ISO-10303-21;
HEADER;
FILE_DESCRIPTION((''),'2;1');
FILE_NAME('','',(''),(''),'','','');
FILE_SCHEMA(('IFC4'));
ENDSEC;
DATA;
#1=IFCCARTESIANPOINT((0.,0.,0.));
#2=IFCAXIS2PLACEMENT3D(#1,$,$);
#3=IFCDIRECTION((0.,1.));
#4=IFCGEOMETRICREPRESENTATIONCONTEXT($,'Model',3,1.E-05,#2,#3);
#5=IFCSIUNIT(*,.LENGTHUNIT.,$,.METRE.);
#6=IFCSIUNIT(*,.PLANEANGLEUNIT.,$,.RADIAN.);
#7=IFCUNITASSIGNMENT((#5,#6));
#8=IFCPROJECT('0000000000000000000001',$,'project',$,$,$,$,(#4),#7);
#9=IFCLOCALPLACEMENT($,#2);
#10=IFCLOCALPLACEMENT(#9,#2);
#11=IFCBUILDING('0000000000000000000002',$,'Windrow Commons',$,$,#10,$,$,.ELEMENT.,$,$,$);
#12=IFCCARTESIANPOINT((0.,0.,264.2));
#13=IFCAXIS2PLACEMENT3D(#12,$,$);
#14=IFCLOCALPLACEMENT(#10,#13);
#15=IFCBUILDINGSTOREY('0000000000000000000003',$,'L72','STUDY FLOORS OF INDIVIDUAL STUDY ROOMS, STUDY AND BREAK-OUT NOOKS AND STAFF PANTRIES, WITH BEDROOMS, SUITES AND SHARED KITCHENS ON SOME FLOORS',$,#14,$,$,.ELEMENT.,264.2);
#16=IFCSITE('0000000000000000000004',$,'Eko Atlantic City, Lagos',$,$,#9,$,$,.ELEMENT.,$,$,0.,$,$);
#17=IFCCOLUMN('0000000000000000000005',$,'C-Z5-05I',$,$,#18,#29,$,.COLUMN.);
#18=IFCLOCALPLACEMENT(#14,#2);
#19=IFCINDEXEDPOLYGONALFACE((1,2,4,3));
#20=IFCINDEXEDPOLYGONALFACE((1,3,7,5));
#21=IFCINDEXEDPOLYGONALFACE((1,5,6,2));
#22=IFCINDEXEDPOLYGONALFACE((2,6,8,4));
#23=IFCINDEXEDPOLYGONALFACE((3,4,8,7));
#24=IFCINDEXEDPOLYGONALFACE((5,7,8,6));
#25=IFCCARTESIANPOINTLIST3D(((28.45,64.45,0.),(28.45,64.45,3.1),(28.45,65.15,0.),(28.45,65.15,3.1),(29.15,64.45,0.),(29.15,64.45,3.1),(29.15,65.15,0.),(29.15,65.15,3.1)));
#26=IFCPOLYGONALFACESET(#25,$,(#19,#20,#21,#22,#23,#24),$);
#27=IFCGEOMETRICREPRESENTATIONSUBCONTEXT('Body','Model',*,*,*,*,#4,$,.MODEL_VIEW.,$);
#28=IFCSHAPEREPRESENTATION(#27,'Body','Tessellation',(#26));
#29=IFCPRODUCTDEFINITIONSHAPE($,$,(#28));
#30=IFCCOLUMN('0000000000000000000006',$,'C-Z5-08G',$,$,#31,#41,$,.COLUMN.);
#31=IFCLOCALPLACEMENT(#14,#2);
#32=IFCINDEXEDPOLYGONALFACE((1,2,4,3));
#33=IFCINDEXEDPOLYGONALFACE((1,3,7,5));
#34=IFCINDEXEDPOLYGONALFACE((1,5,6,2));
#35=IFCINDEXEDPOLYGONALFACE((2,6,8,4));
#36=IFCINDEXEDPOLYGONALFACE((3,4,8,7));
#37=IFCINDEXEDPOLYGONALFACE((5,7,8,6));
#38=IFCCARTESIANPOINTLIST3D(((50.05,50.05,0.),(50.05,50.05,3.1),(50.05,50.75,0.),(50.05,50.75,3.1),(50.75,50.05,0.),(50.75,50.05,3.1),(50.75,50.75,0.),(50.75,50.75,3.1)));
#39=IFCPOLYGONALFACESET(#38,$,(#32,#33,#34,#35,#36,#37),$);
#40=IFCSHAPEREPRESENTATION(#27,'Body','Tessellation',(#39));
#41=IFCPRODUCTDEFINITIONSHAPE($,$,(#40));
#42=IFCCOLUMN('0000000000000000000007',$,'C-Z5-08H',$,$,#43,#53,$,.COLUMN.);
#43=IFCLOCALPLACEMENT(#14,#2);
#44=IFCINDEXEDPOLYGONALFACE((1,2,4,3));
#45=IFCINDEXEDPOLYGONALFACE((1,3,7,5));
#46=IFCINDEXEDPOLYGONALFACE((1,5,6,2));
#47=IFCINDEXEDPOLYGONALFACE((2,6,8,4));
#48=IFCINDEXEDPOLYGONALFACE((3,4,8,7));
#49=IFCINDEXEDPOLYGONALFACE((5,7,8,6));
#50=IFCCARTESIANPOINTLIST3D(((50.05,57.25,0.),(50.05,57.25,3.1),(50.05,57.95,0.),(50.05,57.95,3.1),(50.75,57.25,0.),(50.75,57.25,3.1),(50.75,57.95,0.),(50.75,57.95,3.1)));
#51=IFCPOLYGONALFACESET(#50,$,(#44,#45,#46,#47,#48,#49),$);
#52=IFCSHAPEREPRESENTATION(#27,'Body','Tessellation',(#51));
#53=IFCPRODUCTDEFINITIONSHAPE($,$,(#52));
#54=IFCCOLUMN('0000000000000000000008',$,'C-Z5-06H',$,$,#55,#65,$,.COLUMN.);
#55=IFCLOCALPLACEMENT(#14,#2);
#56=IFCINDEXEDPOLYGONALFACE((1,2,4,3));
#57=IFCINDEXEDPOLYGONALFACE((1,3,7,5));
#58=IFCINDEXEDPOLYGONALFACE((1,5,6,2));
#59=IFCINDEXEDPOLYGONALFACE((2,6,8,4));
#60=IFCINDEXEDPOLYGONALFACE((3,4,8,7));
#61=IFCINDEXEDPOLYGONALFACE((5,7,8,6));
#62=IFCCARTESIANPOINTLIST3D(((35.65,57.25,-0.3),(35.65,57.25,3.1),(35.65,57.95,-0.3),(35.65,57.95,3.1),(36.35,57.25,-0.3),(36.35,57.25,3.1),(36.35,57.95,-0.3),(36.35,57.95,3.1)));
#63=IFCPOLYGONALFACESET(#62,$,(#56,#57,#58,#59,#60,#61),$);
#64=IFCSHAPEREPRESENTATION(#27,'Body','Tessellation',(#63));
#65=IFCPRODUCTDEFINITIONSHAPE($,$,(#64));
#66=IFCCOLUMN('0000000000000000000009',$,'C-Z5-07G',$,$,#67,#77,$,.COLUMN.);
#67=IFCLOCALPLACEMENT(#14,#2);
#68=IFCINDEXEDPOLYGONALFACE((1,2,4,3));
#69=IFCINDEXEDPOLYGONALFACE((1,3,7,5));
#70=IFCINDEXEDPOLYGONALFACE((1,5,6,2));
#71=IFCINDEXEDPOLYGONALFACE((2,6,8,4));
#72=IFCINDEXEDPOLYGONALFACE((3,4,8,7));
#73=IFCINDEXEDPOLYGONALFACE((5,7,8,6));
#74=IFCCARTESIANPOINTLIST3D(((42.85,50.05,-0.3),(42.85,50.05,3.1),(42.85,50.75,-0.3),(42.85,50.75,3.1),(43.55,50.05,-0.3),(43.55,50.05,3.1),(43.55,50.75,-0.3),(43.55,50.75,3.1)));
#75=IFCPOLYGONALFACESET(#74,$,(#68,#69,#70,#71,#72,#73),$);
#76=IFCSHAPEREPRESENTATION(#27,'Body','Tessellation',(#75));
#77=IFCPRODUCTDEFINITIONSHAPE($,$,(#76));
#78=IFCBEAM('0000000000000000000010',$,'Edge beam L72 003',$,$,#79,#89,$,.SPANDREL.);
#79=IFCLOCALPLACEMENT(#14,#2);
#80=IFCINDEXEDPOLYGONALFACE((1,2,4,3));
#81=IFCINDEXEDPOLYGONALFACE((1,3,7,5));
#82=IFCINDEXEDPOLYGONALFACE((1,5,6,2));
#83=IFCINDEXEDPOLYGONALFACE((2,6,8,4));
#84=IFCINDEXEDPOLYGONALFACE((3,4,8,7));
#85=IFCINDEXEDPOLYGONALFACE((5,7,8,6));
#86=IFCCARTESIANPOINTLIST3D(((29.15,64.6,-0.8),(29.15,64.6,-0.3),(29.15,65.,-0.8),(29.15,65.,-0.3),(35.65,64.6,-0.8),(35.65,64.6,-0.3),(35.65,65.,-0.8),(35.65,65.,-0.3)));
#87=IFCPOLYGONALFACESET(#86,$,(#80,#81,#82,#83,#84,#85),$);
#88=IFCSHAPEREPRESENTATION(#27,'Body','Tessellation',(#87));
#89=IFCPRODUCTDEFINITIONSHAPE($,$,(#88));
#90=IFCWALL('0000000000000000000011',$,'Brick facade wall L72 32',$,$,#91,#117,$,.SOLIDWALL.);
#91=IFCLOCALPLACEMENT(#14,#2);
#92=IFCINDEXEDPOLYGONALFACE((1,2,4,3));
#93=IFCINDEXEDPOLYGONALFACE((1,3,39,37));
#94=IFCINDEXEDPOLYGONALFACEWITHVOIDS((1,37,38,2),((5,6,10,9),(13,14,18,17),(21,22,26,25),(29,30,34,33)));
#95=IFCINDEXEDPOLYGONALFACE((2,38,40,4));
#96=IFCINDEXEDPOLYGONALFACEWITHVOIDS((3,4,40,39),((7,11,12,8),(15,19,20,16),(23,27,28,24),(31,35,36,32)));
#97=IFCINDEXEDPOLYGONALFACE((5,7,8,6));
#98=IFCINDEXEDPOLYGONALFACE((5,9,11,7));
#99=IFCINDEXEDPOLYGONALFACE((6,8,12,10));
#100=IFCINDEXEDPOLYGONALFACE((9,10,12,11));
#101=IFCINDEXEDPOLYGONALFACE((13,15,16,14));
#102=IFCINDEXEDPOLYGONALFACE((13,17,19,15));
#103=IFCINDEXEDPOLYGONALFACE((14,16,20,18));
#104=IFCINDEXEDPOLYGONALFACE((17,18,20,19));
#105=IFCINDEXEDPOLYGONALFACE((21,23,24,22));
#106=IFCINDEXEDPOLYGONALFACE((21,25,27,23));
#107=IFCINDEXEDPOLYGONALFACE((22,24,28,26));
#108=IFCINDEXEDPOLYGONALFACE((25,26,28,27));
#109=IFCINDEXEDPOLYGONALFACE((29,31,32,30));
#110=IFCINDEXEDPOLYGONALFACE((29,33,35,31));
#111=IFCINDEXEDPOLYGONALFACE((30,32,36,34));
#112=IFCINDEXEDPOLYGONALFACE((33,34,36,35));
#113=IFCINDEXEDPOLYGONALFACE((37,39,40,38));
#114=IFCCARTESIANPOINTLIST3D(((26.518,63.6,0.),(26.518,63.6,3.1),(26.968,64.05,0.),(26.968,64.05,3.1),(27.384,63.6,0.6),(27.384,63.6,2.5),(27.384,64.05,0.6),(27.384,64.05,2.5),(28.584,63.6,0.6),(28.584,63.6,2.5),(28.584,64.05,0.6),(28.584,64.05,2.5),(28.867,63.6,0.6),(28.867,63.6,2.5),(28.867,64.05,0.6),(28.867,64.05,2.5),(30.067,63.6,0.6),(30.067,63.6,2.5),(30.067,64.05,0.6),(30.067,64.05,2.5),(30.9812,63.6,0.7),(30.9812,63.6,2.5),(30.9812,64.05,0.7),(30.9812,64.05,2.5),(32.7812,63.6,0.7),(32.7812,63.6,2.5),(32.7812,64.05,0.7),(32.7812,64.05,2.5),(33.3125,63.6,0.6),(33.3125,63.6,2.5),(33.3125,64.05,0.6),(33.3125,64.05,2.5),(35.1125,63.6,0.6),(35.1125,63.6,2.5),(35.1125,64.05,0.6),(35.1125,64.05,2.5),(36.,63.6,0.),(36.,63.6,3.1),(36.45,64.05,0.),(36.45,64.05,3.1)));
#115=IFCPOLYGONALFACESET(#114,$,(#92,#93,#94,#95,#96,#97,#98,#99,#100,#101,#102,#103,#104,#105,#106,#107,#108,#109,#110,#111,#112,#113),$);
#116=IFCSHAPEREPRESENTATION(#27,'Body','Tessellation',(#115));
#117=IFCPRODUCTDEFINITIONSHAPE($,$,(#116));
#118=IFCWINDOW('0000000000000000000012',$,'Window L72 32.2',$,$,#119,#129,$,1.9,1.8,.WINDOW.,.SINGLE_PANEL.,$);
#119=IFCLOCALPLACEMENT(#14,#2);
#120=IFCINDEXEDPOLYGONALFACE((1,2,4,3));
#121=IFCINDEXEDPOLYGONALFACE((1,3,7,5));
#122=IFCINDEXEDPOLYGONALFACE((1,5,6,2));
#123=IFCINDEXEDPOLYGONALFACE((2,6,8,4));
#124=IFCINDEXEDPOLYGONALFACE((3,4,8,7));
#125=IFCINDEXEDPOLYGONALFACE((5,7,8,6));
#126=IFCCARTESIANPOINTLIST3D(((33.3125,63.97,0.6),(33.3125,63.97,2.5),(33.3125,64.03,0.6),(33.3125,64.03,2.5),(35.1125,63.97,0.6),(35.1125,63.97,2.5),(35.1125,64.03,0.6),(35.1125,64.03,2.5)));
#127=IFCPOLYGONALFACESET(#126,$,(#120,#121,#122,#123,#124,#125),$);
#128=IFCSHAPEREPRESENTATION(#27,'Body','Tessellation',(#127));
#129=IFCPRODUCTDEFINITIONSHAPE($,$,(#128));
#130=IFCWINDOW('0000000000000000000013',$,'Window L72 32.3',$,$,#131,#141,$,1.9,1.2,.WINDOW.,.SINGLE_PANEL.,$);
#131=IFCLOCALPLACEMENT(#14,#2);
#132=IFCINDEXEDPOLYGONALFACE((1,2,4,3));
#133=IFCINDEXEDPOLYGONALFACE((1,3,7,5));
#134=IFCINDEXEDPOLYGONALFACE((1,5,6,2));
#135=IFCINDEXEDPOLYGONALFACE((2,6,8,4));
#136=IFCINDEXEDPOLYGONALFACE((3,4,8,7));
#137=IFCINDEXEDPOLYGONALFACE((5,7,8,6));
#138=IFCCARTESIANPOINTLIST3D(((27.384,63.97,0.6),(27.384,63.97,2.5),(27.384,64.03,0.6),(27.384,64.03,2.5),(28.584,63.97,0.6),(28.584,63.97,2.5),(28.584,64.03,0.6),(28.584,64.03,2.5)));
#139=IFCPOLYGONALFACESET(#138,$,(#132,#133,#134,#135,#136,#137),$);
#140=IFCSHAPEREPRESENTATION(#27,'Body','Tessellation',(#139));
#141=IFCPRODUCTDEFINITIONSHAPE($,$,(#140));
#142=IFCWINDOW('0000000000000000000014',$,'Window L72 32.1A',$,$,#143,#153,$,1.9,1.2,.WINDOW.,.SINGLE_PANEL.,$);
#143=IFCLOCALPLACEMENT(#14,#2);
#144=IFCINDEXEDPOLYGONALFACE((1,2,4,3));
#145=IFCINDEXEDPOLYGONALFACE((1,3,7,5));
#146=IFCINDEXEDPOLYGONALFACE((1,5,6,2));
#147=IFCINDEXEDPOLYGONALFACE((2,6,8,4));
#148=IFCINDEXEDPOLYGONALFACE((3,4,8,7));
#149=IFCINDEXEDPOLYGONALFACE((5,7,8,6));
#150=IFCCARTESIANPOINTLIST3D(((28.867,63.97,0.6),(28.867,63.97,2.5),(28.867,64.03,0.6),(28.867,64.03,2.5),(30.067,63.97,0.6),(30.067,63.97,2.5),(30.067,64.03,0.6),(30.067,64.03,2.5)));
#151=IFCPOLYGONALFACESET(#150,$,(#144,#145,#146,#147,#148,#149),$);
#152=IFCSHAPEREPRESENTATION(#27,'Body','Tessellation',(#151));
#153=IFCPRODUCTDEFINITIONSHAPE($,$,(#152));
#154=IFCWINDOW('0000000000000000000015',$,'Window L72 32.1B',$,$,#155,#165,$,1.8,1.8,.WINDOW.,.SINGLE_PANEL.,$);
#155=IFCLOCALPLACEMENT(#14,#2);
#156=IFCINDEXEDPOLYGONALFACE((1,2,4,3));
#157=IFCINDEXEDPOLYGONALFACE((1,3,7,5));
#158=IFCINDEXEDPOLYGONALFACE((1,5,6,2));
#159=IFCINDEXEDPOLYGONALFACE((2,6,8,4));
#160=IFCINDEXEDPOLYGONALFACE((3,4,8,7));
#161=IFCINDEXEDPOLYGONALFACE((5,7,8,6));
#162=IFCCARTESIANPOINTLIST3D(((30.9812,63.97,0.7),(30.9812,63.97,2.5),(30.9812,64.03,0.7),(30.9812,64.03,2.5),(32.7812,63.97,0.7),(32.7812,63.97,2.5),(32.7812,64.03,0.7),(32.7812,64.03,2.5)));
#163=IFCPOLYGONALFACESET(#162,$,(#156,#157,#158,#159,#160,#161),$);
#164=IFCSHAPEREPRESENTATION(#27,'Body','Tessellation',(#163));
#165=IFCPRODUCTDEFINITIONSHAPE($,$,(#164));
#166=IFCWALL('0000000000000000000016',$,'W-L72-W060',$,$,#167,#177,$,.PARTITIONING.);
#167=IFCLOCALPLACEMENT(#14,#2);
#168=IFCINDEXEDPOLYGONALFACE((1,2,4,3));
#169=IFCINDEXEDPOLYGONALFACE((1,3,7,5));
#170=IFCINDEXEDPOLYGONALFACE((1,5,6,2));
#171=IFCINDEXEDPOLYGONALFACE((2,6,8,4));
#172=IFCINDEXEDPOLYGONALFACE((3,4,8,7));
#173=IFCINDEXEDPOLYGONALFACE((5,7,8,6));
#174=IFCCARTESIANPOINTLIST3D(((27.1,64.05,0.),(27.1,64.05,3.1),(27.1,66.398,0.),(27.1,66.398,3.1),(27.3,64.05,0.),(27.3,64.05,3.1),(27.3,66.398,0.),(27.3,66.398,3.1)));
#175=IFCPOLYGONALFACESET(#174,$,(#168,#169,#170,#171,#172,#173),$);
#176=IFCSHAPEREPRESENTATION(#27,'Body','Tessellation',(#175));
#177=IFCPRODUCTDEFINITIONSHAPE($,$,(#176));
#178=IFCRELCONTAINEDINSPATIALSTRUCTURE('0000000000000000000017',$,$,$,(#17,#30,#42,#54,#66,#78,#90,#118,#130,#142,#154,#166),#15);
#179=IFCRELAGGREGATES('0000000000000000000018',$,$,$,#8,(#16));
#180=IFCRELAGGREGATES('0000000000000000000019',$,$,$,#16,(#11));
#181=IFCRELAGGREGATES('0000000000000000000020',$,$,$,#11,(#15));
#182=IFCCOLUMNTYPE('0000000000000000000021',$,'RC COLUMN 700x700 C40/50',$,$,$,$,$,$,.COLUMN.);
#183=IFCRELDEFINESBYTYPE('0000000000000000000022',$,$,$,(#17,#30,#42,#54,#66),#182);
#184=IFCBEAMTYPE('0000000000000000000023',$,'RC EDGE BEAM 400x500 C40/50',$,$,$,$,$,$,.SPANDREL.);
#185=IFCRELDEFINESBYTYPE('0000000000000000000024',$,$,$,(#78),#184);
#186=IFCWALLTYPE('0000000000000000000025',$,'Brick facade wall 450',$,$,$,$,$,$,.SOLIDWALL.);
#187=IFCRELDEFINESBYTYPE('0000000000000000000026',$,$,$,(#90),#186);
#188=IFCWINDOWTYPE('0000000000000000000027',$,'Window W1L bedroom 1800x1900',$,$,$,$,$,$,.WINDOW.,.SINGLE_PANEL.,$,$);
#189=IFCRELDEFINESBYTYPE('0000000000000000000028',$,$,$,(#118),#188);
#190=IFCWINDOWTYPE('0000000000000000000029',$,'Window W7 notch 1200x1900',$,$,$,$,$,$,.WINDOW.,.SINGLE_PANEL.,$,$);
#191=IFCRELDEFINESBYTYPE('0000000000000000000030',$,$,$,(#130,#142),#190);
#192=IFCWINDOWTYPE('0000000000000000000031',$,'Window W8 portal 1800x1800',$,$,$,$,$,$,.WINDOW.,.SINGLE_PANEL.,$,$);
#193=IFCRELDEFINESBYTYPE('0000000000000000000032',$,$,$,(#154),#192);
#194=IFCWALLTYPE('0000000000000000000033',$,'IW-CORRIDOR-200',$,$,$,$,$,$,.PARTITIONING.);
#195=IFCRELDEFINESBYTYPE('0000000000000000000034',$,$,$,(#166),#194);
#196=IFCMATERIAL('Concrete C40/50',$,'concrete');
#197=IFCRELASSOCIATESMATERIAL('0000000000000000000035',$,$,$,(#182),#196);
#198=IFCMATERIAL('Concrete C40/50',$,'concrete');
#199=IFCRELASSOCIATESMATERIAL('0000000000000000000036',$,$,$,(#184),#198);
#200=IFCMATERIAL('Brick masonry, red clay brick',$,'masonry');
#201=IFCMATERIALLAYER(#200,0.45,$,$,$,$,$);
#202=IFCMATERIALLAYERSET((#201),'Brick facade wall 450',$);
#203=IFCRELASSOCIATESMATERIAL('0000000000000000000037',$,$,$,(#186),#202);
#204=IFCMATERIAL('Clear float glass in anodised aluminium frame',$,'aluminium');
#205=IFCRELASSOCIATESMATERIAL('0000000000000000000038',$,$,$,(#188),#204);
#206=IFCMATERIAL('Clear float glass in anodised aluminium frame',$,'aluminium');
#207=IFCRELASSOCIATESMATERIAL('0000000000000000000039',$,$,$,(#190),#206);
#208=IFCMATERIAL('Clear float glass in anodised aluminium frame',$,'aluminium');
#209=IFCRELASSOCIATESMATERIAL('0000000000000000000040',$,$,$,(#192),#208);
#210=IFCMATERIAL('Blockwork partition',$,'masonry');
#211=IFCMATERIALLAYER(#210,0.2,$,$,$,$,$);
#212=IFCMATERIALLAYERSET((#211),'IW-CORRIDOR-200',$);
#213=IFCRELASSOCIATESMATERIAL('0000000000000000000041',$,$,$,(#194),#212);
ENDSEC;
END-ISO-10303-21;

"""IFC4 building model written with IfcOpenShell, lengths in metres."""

from ifc_helpers import new_model, si_unit, direction, frame, frame_2d, origin, origin_2d, place, context, subcontext, project, spatial, polyline, rectangle, outline, extrude, material, layer, layer_set, material_profile, profile_set, type_object, element, fill, save


model = new_model("IFC4")

# Units and contexts
model_context = context("Model", 3, precision=1e-05, world=origin(), true_north=direction((0.0, 1.0)))
body_context = subcontext(model_context, "Body", "Model", "MODEL_VIEW")
ifc_project = project(units=[si_unit("LENGTHUNIT", "METRE"), si_unit("PLANEANGLEUNIT", "RADIAN")], contexts=[model_context])

# Site, building, storey
site_placement = place(None, origin())
site = spatial("IfcSite", under=ifc_project, at=site_placement, Name="Eko Atlantic City, Lagos", CompositionType="ELEMENT", RefElevation=0.0)
building_placement = place(site_placement, origin())
building = spatial("IfcBuilding", under=site, at=building_placement, Name="Windrow Commons", CompositionType="ELEMENT")
storey_placement = place(building_placement, frame((0.0, 0.0, 264.2)))
storey = spatial("IfcBuildingStorey", under=building, at=storey_placement, Name="L72", Description="STUDY FLOORS OF INDIVIDUAL STUDY ROOMS, STUDY AND BREAK-OUT NOOKS AND STAFF PANTRIES, WITH BEDROOMS, SUITES AND SHARED KITCHENS ON SOME FLOORS", CompositionType="ELEMENT", Elevation=264.2)

# Columns
ifc_material_1 = material(Name="Concrete C40/50", Category="concrete")
ifc_material_profile_1 = material_profile(ifc_material_1, rectangle(XDim=0.7, YDim=0.7, at=origin_2d()))
ifc_profile_set_1 = profile_set([ifc_material_profile_1], Name="Concrete C40/50")
column_type = type_object("IfcColumnType", Name="RC COLUMN 700x700 C40/50", PredefinedType="COLUMN", material=ifc_profile_set_1)
for number, where, z_axis, x_axis, name in (
    (1, (28.8, 64.8, 0.0), (0.0, 0.0, 1.0), (1.0, 0.0, 0.0), "C-Z5-05I"),
    (2, (50.4, 50.4, 0.0), (0.0, 0.0, 1.0), (1.0, 0.0, 0.0), "C-Z5-08G"),
    (3, (50.4, 57.6, 0.0), (0.0, 0.0, 1.0), (1.0, 0.0, 0.0), "C-Z5-08H"),
):
    element("IfcColumn", number, at=place(storey_placement, frame(where, z_axis=z_axis, x_axis=x_axis)), inside=storey, type_object=column_type, Name=name, PredefinedType="COLUMN", context=body_context, shape_type="SweptSolid", body=[
        extrude(rectangle(XDim=0.7, YDim=0.7, at=origin_2d()), origin(), (0.0, 0.0, 1.0), 3.1),
    ])
for number, where, z_axis, x_axis, name in (
    (4, (36.0, 57.6, -0.3), (0.0, 0.0, 1.0), (1.0, 0.0, 0.0), "C-Z5-06H"),
    (5, (43.2, 50.4, -0.3), (0.0, 0.0, 1.0), (1.0, 0.0, 0.0), "C-Z5-07G"),
):
    element("IfcColumn", number, at=place(storey_placement, frame(where, z_axis=z_axis, x_axis=x_axis)), inside=storey, type_object=column_type, Name=name, PredefinedType="COLUMN", context=body_context, shape_type="SweptSolid", body=[
        extrude(rectangle(XDim=0.7, YDim=0.7, at=origin_2d()), origin(), (0.0, 0.0, 1.0), 3.4),
    ])

# Beam
ifc_material_2 = material(Name="Concrete C40/50", Category="concrete")
ifc_material_profile_2 = material_profile(ifc_material_2, rectangle(XDim=0.4, YDim=0.5, at=origin_2d()))
ifc_profile_set_2 = profile_set([ifc_material_profile_2], Name="Concrete C40/50")
beam_type = type_object("IfcBeamType", Name="RC EDGE BEAM 400x500 C40/50", PredefinedType="SPANDREL", material=ifc_profile_set_2)
beam_placement = place(storey_placement, frame((35.65, 64.8, -0.55), z_axis=(-1.0, 0.0, 0.0), x_axis=(0.0, -1.0, 0.0)))
element("IfcBeam", 6, at=beam_placement, inside=storey, type_object=beam_type, Name="Edge beam L72 003", PredefinedType="SPANDREL", context=body_context, shape_type="SweptSolid", body=[
    extrude(rectangle(XDim=0.4, YDim=0.5, at=origin_2d()), origin(), (0.0, 0.0, 1.0), 6.5),
])

# Wall, openings, windows
ifc_material_3 = material(Name="Brick masonry, red clay brick", Category="masonry")
ifc_layer_1 = layer(ifc_material_3, 0.45)
ifc_layer_set_1 = layer_set([ifc_layer_1], Name="Brick facade wall 450")
wall_type_1 = type_object("IfcWallType", Name="Brick facade wall 450", PredefinedType="SOLIDWALL", material=ifc_layer_set_1)
wall_1_placement = place(storey_placement, frame((26.743, 63.825, 0.0), z_axis=(0.0, 0.0, 1.0), x_axis=(1.0, 0.0, 0.0)))
wall_1 = element("IfcWall", 7, at=wall_1_placement, inside=storey, type_object=wall_type_1, Name="Brick facade wall L72 32", PredefinedType="SOLIDWALL", context=body_context, shape_type="SweptSolid", body=[
    extrude(outline(polyline([(-0.225, -0.225), (9.257, -0.225), (9.707, 0.225), (0.225, 0.225), (-0.225, -0.225)])), origin(), (0.0, 0.0, 1.0), 3.1),
])
opening_1_placement = place(wall_1_placement, frame((6.5695, 0.0, 0.6)))
opening_1 = element("IfcOpeningElement", 8, at=opening_1_placement, cuts=wall_1, PredefinedType="OPENING", context=body_context, shape_type="SweptSolid", body=[
    extrude(rectangle(XDim=1.8, YDim=1.9, at=frame_2d((0.9, 0.95))), frame((0.0, 0.235, 0.0), z_axis=(0.0, -1.0, 0.0), x_axis=(1.0, 0.0, 0.0)), (0.0, 0.0, 1.0), 0.47),
])
opening_2_placement = place(wall_1_placement, frame((0.641, 0.0, 0.6)))
opening_2 = element("IfcOpeningElement", 9, at=opening_2_placement, cuts=wall_1, PredefinedType="OPENING", context=body_context, shape_type="SweptSolid", body=[
    extrude(rectangle(XDim=1.2, YDim=1.9, at=frame_2d((0.6, 0.95))), frame((0.0, 0.235, 0.0), z_axis=(0.0, -1.0, 0.0), x_axis=(1.0, 0.0, 0.0)), (0.0, 0.0, 1.0), 0.47),
])
opening_3_placement = place(wall_1_placement, frame((2.124, 0.0, 0.6)))
opening_3 = element("IfcOpeningElement", 10, at=opening_3_placement, cuts=wall_1, PredefinedType="OPENING", context=body_context, shape_type="SweptSolid", body=[
    extrude(rectangle(XDim=1.2, YDim=1.9, at=frame_2d((0.6, 0.95))), frame((0.0, 0.235, 0.0), z_axis=(0.0, -1.0, 0.0), x_axis=(1.0, 0.0, 0.0)), (0.0, 0.0, 1.0), 0.47),
])
opening_4_placement = place(wall_1_placement, frame((4.2382, 0.0, 0.7)))
opening_4 = element("IfcOpeningElement", 11, at=opening_4_placement, cuts=wall_1, PredefinedType="OPENING", context=body_context, shape_type="SweptSolid", body=[
    extrude(rectangle(XDim=1.8, YDim=1.8, at=frame_2d((0.9, 0.9))), frame((0.0, 0.235, 0.0), z_axis=(0.0, -1.0, 0.0), x_axis=(1.0, 0.0, 0.0)), (0.0, 0.0, 1.0), 0.47),
])
ifc_material_4 = material(Name="Clear float glass in anodised aluminium frame", Category="aluminium")
window_type_1 = type_object("IfcWindowType", Name="Window W1L bedroom 1800x1900", PartitioningType="SINGLE_PANEL", PredefinedType="WINDOW", material=ifc_material_4)
window_1_placement = place(opening_1_placement, origin())
window_1 = element("IfcWindow", 12, at=window_1_placement, inside=storey, type_object=window_type_1, Name="Window L72 32.2", OverallHeight=1.9, OverallWidth=1.8, PartitioningType="SINGLE_PANEL", PredefinedType="WINDOW", context=body_context, shape_type="SweptSolid", body=[
    extrude(rectangle(XDim=1.8, YDim=1.9, at=frame_2d((0.9, 0.95))), frame((0.0, 0.205, 0.0), z_axis=(0.0, -1.0, 0.0), x_axis=(1.0, 0.0, 0.0)), (0.0, 0.0, 1.0), 0.06),
])
fill(opening_1, window_1)
ifc_material_5 = material(Name="Clear float glass in anodised aluminium frame", Category="aluminium")
window_type_2 = type_object("IfcWindowType", Name="Window W7 notch 1200x1900", PartitioningType="SINGLE_PANEL", PredefinedType="WINDOW", material=ifc_material_5)
window_2_placement = place(opening_2_placement, origin())
window_2 = element("IfcWindow", 13, at=window_2_placement, inside=storey, type_object=window_type_2, Name="Window L72 32.3", OverallHeight=1.9, OverallWidth=1.2, PartitioningType="SINGLE_PANEL", PredefinedType="WINDOW", context=body_context, shape_type="SweptSolid", body=[
    extrude(rectangle(XDim=1.2, YDim=1.9, at=frame_2d((0.6, 0.95))), frame((0.0, 0.205, 0.0), z_axis=(0.0, -1.0, 0.0), x_axis=(1.0, 0.0, 0.0)), (0.0, 0.0, 1.0), 0.06),
])
fill(opening_2, window_2)
window_3_placement = place(opening_3_placement, origin())
window_3 = element("IfcWindow", 14, at=window_3_placement, inside=storey, type_object=window_type_2, Name="Window L72 32.1A", OverallHeight=1.9, OverallWidth=1.2, PartitioningType="SINGLE_PANEL", PredefinedType="WINDOW", context=body_context, shape_type="SweptSolid", body=[
    extrude(rectangle(XDim=1.2, YDim=1.9, at=frame_2d((0.6, 0.95))), frame((0.0, 0.205, 0.0), z_axis=(0.0, -1.0, 0.0), x_axis=(1.0, 0.0, 0.0)), (0.0, 0.0, 1.0), 0.06),
])
fill(opening_3, window_3)
ifc_material_6 = material(Name="Clear float glass in anodised aluminium frame", Category="aluminium")
window_type_3 = type_object("IfcWindowType", Name="Window W8 portal 1800x1800", PartitioningType="SINGLE_PANEL", PredefinedType="WINDOW", material=ifc_material_6)
window_4_placement = place(opening_4_placement, origin())
window_4 = element("IfcWindow", 15, at=window_4_placement, inside=storey, type_object=window_type_3, Name="Window L72 32.1B", OverallHeight=1.8, OverallWidth=1.8, PartitioningType="SINGLE_PANEL", PredefinedType="WINDOW", context=body_context, shape_type="SweptSolid", body=[
    extrude(rectangle(XDim=1.8, YDim=1.8, at=frame_2d((0.9, 0.9))), frame((0.0, 0.205, 0.0), z_axis=(0.0, -1.0, 0.0), x_axis=(1.0, 0.0, 0.0)), (0.0, 0.0, 1.0), 0.06),
])
fill(opening_4, window_4)

# Wall
ifc_material_7 = material(Name="Blockwork partition", Category="masonry")
ifc_layer_2 = layer(ifc_material_7, 0.2)
ifc_layer_set_2 = layer_set([ifc_layer_2], Name="IW-CORRIDOR-200")
wall_type_2 = type_object("IfcWallType", Name="IW-CORRIDOR-200", PredefinedType="PARTITIONING", material=ifc_layer_set_2)
wall_2_placement = place(storey_placement, frame((27.2, 64.05, 0.0), z_axis=(0.0, 0.0, 1.0), x_axis=(0.0, 1.0, 0.0)))
element("IfcWall", 16, at=wall_2_placement, inside=storey, type_object=wall_type_2, Name="W-L72-W060", PredefinedType="PARTITIONING", context=body_context, shape_type="SweptSolid", body=[
    extrude(rectangle(XDim=2.348, YDim=0.2, at=frame_2d((1.174, 0.0))), origin(), (0.0, 0.0, 1.0), 3.1),
])

save(model, "model.ifc")
